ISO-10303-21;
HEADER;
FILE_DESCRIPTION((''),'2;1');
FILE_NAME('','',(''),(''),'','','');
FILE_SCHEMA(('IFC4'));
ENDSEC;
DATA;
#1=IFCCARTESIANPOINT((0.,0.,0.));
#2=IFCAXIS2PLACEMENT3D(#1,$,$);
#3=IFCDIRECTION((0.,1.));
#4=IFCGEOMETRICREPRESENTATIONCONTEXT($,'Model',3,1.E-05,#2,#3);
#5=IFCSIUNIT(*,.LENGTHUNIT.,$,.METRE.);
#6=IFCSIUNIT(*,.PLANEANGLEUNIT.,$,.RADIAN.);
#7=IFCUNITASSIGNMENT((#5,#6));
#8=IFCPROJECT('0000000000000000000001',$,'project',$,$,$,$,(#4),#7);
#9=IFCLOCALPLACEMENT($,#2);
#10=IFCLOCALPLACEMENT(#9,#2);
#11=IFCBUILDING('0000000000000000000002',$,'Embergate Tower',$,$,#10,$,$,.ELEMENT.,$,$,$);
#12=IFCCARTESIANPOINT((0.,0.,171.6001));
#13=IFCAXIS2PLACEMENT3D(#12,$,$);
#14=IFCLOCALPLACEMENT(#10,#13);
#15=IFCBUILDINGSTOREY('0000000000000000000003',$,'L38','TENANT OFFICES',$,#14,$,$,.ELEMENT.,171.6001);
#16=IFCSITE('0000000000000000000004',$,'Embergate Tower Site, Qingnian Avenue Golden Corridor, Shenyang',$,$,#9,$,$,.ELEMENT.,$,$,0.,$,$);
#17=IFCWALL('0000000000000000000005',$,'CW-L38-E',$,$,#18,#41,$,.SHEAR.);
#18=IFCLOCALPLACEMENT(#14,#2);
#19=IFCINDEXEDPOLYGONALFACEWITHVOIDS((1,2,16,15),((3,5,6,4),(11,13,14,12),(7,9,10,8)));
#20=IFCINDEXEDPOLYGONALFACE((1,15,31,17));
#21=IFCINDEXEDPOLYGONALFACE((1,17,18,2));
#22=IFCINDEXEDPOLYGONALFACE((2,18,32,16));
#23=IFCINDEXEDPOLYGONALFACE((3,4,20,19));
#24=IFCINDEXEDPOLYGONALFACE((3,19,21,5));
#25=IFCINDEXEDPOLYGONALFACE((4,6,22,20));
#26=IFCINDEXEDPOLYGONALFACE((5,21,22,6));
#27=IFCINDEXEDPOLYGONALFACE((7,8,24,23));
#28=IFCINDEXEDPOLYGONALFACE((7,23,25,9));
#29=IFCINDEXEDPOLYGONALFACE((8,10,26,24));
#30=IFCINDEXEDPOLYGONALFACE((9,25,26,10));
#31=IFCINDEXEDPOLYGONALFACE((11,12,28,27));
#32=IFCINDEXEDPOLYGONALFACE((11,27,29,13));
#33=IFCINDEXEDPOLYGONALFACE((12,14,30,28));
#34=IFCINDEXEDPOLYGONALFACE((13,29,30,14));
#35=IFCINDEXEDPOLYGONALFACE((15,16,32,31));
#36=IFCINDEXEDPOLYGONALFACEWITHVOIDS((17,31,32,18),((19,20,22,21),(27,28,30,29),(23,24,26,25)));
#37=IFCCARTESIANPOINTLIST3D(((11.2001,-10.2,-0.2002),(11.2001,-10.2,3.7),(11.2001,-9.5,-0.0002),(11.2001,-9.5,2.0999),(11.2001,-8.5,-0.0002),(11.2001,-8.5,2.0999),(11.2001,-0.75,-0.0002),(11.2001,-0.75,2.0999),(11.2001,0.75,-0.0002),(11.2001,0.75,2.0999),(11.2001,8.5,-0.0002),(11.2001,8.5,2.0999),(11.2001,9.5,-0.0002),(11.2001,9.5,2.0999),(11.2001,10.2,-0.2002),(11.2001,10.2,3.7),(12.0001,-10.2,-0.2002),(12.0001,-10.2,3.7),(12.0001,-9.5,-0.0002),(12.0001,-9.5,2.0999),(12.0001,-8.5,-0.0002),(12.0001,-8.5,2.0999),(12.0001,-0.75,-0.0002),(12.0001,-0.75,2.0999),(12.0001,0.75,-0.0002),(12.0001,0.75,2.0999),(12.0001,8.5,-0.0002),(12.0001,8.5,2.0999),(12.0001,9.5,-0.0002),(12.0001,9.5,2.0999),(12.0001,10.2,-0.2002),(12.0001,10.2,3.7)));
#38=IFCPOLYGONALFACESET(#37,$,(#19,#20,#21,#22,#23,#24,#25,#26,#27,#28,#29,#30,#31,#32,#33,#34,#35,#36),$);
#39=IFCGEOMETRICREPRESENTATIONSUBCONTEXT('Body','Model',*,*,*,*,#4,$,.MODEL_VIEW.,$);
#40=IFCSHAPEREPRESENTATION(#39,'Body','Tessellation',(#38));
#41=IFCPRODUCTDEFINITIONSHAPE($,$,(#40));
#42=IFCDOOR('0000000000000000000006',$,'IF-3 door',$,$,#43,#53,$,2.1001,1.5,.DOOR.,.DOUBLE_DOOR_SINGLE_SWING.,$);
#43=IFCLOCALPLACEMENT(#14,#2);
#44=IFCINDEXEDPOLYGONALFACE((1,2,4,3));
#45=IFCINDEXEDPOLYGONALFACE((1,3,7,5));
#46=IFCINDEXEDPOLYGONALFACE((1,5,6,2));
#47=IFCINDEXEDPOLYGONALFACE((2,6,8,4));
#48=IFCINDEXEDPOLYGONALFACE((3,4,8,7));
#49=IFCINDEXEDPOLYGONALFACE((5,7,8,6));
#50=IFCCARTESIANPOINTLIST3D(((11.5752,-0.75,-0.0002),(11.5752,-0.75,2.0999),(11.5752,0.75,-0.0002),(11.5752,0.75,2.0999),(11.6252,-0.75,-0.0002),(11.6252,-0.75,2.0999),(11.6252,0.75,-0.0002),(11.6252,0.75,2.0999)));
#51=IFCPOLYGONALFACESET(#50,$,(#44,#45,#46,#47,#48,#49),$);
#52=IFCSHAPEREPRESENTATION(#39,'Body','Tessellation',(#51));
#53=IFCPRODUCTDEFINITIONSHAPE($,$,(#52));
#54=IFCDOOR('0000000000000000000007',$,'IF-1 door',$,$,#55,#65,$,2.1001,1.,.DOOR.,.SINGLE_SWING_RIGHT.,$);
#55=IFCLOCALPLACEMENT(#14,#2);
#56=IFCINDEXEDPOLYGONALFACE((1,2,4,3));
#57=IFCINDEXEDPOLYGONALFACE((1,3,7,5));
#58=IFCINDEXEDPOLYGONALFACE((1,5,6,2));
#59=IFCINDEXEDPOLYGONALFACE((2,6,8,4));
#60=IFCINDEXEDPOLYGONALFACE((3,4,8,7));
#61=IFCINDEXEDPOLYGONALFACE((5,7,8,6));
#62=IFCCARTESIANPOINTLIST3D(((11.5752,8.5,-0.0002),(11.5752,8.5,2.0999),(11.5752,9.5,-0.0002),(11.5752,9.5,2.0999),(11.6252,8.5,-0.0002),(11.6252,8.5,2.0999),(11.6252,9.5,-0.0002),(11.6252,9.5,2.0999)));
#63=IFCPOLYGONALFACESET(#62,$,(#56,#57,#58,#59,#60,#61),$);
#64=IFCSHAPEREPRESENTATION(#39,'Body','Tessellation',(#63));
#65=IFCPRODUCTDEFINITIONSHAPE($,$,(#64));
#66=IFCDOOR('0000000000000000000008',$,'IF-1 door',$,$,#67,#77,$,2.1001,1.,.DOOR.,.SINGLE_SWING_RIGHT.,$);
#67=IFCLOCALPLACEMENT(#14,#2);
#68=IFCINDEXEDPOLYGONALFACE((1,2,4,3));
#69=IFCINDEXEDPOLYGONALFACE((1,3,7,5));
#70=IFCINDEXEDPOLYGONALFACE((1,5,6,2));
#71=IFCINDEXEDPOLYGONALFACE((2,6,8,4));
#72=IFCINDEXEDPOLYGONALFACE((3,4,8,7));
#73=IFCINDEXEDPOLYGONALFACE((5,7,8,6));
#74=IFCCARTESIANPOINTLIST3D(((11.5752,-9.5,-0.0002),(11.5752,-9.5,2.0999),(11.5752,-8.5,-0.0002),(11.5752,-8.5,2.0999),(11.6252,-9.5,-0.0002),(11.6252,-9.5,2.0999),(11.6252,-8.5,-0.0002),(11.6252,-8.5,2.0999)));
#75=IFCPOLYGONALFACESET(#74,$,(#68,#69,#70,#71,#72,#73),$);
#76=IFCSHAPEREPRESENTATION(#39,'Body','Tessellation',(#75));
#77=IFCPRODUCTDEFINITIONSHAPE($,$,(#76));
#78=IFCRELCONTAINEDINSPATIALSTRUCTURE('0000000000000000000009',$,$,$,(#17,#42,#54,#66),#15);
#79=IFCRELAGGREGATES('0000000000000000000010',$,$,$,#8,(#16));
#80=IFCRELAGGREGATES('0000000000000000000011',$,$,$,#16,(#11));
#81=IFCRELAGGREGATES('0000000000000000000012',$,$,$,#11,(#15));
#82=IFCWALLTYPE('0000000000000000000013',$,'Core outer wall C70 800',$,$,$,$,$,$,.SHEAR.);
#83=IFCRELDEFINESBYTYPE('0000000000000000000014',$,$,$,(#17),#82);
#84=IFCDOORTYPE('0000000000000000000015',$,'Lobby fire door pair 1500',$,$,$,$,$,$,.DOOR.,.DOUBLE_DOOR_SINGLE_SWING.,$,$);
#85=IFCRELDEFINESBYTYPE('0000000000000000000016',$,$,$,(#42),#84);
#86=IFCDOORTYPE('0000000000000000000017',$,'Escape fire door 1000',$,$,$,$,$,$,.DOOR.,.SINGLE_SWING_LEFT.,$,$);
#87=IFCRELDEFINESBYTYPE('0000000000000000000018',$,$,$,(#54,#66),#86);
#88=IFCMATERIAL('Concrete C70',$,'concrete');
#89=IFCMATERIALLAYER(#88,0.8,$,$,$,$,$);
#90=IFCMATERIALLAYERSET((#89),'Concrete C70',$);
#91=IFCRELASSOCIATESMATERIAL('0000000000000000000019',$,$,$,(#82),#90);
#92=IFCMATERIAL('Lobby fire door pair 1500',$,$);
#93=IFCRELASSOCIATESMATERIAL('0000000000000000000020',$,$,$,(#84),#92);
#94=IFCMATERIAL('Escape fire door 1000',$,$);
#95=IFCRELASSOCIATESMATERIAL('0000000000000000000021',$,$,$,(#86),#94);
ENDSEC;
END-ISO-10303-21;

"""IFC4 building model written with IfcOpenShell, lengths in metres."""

from ifc_helpers import new_model, si_unit, direction, frame, frame_2d, origin, place, context, subcontext, project, spatial, rectangle, extrude, source, transform, mapped, material, layer, layer_set, type_object, element, fill, save


model = new_model("IFC4")

# Units and contexts
model_context = context("Model", 3, precision=1e-05, world=origin(), true_north=direction((0.0, 1.0)))
body_context = subcontext(model_context, "Body", "Model", "MODEL_VIEW")
ifc_project = project(units=[si_unit("LENGTHUNIT", "METRE"), si_unit("PLANEANGLEUNIT", "RADIAN")], contexts=[model_context])

# Site, building, storey
site_placement = place(None, origin())
site = spatial("IfcSite", under=ifc_project, at=site_placement, Name="Embergate Tower Site, Qingnian Avenue Golden Corridor, Shenyang", CompositionType="ELEMENT", RefElevation=0.0)
building_placement = place(site_placement, origin())
building = spatial("IfcBuilding", under=site, at=building_placement, Name="Embergate Tower", CompositionType="ELEMENT")
storey_placement = place(building_placement, frame((0.0, 0.0, 171.6001)))
storey = spatial("IfcBuildingStorey", under=building, at=storey_placement, Name="L38", Description="TENANT OFFICES", CompositionType="ELEMENT", Elevation=171.6001)

# Shared definitions
ifc_material_1 = material(Name="Concrete C70", Category="concrete")

# Wall, openings, doors
ifc_layer_1 = layer(ifc_material_1, 0.8)
ifc_layer_set_1 = layer_set([ifc_layer_1], Name="Concrete C70")
wall_type_1 = type_object("IfcWallType", Name="Core outer wall C70 800", PredefinedType="SHEAR", material=ifc_layer_set_1)
shared_shape_1 = source(origin(), body_context, "Body", "SweptSolid", [
    extrude(rectangle(XDim=20.3999, YDim=0.8, at=frame_2d((10.2, 0.0))), origin(), (0.0, 0.0, 1.0), 3.9001),
])
wall_1_placement = place(storey_placement, frame((11.6001, -10.2, -0.2002), z_axis=(0.0, 0.0, 1.0), x_axis=(0.0, 1.0, 0.0)))
wall_1 = element("IfcWall", 1, at=wall_1_placement, inside=storey, type_object=wall_type_1, Name="CW-L38-E", PredefinedType="SHEAR", context=body_context, shape_type="MappedRepresentation", body=[
    mapped(shared_shape_1, transform((0.0, 0.0, 0.0))),
])
shared_shape_2 = source(origin(), body_context, "Body", "SweptSolid", [
    extrude(rectangle(XDim=1.0, YDim=2.1001, at=frame_2d((0.5, 1.05))), frame((0.0, 0.4099, 0.0), z_axis=(0.0, -1.0, 0.0), x_axis=(1.0, 0.0, 0.0)), (0.0, 0.0, 1.0), 0.8201),
])
opening_1_placement = place(wall_1_placement, frame((18.7, 0.0, 0.2)))
opening_1 = element("IfcOpeningElement", 2, at=opening_1_placement, cuts=wall_1, PredefinedType="OPENING", context=body_context, shape_type="MappedRepresentation", body=[
    mapped(shared_shape_2, transform((0.0, 0.0, 0.0))),
])
opening_2_placement = place(wall_1_placement, frame((0.7, 0.0, 0.2)))
opening_2 = element("IfcOpeningElement", 3, at=opening_2_placement, cuts=wall_1, PredefinedType="OPENING", context=body_context, shape_type="MappedRepresentation", body=[
    mapped(shared_shape_2, transform((0.0, 0.0, 0.0))),
])
shared_shape_3 = source(origin(), body_context, "Body", "SweptSolid", [
    extrude(rectangle(XDim=1.5, YDim=2.1001, at=frame_2d((0.75, 1.05))), frame((0.0, 0.4099, 0.0), z_axis=(0.0, -1.0, 0.0), x_axis=(1.0, 0.0, 0.0)), (0.0, 0.0, 1.0), 0.8201),
])
opening_3_placement = place(wall_1_placement, frame((9.45, 0.0, 0.2)))
opening_3 = element("IfcOpeningElement", 4, at=opening_3_placement, cuts=wall_1, PredefinedType="OPENING", context=body_context, shape_type="MappedRepresentation", body=[
    mapped(shared_shape_3, transform((0.0, 0.0, 0.0))),
])
ifc_material_2 = material(Name="Lobby fire door pair 1500")
door_type_1 = type_object("IfcDoorType", Name="Lobby fire door pair 1500", OperationType="DOUBLE_DOOR_SINGLE_SWING", PredefinedType="DOOR", material=ifc_material_2)
shared_shape_4 = source(origin(), body_context, "Body", "SweptSolid", [
    extrude(rectangle(XDim=1.5, YDim=2.1001, at=frame_2d((0.75, 1.05))), frame((0.0, 0.0249, 0.0), z_axis=(0.0, -1.0, 0.0), x_axis=(1.0, 0.0, 0.0)), (0.0, 0.0, 1.0), 0.05),
])
door_1_placement = place(opening_3_placement, origin())
door_1 = element("IfcDoor", 5, at=door_1_placement, inside=storey, type_object=door_type_1, Name="IF-3 door", OperationType="DOUBLE_DOOR_SINGLE_SWING", OverallHeight=2.1001, OverallWidth=1.5, PredefinedType="DOOR", context=body_context, shape_type="MappedRepresentation", body=[
    mapped(shared_shape_4, transform((0.0, 0.0, 0.0))),
])
fill(opening_3, door_1)
ifc_material_3 = material(Name="Escape fire door 1000")
door_type_2 = type_object("IfcDoorType", Name="Escape fire door 1000", OperationType="SINGLE_SWING_LEFT", PredefinedType="DOOR", material=ifc_material_3)
shared_shape_5 = source(origin(), body_context, "Body", "SweptSolid", [
    extrude(rectangle(XDim=1.0, YDim=2.1001, at=frame_2d((0.5, 1.05))), frame((0.0, 0.0249, 0.0), z_axis=(0.0, -1.0, 0.0), x_axis=(1.0, 0.0, 0.0)), (0.0, 0.0, 1.0), 0.05),
])
door_2_placement = place(opening_1_placement, origin())
door_2 = element("IfcDoor", 6, at=door_2_placement, inside=storey, type_object=door_type_2, Name="IF-1 door", OperationType="SINGLE_SWING_RIGHT", OverallHeight=2.1001, OverallWidth=1.0, PredefinedType="DOOR", context=body_context, shape_type="MappedRepresentation", body=[
    mapped(shared_shape_5, transform((0.0, 0.0, 0.0))),
])
fill(opening_1, door_2)
door_3_placement = place(opening_2_placement, origin())
door_3 = element("IfcDoor", 7, at=door_3_placement, inside=storey, type_object=door_type_2, Name="IF-1 door", OperationType="SINGLE_SWING_RIGHT", OverallHeight=2.1001, OverallWidth=1.0, PredefinedType="DOOR", context=body_context, shape_type="MappedRepresentation", body=[
    mapped(shared_shape_5, transform((0.0, 0.0, 0.0))),
])
fill(opening_2, door_3)

save(model, "model.ifc")
